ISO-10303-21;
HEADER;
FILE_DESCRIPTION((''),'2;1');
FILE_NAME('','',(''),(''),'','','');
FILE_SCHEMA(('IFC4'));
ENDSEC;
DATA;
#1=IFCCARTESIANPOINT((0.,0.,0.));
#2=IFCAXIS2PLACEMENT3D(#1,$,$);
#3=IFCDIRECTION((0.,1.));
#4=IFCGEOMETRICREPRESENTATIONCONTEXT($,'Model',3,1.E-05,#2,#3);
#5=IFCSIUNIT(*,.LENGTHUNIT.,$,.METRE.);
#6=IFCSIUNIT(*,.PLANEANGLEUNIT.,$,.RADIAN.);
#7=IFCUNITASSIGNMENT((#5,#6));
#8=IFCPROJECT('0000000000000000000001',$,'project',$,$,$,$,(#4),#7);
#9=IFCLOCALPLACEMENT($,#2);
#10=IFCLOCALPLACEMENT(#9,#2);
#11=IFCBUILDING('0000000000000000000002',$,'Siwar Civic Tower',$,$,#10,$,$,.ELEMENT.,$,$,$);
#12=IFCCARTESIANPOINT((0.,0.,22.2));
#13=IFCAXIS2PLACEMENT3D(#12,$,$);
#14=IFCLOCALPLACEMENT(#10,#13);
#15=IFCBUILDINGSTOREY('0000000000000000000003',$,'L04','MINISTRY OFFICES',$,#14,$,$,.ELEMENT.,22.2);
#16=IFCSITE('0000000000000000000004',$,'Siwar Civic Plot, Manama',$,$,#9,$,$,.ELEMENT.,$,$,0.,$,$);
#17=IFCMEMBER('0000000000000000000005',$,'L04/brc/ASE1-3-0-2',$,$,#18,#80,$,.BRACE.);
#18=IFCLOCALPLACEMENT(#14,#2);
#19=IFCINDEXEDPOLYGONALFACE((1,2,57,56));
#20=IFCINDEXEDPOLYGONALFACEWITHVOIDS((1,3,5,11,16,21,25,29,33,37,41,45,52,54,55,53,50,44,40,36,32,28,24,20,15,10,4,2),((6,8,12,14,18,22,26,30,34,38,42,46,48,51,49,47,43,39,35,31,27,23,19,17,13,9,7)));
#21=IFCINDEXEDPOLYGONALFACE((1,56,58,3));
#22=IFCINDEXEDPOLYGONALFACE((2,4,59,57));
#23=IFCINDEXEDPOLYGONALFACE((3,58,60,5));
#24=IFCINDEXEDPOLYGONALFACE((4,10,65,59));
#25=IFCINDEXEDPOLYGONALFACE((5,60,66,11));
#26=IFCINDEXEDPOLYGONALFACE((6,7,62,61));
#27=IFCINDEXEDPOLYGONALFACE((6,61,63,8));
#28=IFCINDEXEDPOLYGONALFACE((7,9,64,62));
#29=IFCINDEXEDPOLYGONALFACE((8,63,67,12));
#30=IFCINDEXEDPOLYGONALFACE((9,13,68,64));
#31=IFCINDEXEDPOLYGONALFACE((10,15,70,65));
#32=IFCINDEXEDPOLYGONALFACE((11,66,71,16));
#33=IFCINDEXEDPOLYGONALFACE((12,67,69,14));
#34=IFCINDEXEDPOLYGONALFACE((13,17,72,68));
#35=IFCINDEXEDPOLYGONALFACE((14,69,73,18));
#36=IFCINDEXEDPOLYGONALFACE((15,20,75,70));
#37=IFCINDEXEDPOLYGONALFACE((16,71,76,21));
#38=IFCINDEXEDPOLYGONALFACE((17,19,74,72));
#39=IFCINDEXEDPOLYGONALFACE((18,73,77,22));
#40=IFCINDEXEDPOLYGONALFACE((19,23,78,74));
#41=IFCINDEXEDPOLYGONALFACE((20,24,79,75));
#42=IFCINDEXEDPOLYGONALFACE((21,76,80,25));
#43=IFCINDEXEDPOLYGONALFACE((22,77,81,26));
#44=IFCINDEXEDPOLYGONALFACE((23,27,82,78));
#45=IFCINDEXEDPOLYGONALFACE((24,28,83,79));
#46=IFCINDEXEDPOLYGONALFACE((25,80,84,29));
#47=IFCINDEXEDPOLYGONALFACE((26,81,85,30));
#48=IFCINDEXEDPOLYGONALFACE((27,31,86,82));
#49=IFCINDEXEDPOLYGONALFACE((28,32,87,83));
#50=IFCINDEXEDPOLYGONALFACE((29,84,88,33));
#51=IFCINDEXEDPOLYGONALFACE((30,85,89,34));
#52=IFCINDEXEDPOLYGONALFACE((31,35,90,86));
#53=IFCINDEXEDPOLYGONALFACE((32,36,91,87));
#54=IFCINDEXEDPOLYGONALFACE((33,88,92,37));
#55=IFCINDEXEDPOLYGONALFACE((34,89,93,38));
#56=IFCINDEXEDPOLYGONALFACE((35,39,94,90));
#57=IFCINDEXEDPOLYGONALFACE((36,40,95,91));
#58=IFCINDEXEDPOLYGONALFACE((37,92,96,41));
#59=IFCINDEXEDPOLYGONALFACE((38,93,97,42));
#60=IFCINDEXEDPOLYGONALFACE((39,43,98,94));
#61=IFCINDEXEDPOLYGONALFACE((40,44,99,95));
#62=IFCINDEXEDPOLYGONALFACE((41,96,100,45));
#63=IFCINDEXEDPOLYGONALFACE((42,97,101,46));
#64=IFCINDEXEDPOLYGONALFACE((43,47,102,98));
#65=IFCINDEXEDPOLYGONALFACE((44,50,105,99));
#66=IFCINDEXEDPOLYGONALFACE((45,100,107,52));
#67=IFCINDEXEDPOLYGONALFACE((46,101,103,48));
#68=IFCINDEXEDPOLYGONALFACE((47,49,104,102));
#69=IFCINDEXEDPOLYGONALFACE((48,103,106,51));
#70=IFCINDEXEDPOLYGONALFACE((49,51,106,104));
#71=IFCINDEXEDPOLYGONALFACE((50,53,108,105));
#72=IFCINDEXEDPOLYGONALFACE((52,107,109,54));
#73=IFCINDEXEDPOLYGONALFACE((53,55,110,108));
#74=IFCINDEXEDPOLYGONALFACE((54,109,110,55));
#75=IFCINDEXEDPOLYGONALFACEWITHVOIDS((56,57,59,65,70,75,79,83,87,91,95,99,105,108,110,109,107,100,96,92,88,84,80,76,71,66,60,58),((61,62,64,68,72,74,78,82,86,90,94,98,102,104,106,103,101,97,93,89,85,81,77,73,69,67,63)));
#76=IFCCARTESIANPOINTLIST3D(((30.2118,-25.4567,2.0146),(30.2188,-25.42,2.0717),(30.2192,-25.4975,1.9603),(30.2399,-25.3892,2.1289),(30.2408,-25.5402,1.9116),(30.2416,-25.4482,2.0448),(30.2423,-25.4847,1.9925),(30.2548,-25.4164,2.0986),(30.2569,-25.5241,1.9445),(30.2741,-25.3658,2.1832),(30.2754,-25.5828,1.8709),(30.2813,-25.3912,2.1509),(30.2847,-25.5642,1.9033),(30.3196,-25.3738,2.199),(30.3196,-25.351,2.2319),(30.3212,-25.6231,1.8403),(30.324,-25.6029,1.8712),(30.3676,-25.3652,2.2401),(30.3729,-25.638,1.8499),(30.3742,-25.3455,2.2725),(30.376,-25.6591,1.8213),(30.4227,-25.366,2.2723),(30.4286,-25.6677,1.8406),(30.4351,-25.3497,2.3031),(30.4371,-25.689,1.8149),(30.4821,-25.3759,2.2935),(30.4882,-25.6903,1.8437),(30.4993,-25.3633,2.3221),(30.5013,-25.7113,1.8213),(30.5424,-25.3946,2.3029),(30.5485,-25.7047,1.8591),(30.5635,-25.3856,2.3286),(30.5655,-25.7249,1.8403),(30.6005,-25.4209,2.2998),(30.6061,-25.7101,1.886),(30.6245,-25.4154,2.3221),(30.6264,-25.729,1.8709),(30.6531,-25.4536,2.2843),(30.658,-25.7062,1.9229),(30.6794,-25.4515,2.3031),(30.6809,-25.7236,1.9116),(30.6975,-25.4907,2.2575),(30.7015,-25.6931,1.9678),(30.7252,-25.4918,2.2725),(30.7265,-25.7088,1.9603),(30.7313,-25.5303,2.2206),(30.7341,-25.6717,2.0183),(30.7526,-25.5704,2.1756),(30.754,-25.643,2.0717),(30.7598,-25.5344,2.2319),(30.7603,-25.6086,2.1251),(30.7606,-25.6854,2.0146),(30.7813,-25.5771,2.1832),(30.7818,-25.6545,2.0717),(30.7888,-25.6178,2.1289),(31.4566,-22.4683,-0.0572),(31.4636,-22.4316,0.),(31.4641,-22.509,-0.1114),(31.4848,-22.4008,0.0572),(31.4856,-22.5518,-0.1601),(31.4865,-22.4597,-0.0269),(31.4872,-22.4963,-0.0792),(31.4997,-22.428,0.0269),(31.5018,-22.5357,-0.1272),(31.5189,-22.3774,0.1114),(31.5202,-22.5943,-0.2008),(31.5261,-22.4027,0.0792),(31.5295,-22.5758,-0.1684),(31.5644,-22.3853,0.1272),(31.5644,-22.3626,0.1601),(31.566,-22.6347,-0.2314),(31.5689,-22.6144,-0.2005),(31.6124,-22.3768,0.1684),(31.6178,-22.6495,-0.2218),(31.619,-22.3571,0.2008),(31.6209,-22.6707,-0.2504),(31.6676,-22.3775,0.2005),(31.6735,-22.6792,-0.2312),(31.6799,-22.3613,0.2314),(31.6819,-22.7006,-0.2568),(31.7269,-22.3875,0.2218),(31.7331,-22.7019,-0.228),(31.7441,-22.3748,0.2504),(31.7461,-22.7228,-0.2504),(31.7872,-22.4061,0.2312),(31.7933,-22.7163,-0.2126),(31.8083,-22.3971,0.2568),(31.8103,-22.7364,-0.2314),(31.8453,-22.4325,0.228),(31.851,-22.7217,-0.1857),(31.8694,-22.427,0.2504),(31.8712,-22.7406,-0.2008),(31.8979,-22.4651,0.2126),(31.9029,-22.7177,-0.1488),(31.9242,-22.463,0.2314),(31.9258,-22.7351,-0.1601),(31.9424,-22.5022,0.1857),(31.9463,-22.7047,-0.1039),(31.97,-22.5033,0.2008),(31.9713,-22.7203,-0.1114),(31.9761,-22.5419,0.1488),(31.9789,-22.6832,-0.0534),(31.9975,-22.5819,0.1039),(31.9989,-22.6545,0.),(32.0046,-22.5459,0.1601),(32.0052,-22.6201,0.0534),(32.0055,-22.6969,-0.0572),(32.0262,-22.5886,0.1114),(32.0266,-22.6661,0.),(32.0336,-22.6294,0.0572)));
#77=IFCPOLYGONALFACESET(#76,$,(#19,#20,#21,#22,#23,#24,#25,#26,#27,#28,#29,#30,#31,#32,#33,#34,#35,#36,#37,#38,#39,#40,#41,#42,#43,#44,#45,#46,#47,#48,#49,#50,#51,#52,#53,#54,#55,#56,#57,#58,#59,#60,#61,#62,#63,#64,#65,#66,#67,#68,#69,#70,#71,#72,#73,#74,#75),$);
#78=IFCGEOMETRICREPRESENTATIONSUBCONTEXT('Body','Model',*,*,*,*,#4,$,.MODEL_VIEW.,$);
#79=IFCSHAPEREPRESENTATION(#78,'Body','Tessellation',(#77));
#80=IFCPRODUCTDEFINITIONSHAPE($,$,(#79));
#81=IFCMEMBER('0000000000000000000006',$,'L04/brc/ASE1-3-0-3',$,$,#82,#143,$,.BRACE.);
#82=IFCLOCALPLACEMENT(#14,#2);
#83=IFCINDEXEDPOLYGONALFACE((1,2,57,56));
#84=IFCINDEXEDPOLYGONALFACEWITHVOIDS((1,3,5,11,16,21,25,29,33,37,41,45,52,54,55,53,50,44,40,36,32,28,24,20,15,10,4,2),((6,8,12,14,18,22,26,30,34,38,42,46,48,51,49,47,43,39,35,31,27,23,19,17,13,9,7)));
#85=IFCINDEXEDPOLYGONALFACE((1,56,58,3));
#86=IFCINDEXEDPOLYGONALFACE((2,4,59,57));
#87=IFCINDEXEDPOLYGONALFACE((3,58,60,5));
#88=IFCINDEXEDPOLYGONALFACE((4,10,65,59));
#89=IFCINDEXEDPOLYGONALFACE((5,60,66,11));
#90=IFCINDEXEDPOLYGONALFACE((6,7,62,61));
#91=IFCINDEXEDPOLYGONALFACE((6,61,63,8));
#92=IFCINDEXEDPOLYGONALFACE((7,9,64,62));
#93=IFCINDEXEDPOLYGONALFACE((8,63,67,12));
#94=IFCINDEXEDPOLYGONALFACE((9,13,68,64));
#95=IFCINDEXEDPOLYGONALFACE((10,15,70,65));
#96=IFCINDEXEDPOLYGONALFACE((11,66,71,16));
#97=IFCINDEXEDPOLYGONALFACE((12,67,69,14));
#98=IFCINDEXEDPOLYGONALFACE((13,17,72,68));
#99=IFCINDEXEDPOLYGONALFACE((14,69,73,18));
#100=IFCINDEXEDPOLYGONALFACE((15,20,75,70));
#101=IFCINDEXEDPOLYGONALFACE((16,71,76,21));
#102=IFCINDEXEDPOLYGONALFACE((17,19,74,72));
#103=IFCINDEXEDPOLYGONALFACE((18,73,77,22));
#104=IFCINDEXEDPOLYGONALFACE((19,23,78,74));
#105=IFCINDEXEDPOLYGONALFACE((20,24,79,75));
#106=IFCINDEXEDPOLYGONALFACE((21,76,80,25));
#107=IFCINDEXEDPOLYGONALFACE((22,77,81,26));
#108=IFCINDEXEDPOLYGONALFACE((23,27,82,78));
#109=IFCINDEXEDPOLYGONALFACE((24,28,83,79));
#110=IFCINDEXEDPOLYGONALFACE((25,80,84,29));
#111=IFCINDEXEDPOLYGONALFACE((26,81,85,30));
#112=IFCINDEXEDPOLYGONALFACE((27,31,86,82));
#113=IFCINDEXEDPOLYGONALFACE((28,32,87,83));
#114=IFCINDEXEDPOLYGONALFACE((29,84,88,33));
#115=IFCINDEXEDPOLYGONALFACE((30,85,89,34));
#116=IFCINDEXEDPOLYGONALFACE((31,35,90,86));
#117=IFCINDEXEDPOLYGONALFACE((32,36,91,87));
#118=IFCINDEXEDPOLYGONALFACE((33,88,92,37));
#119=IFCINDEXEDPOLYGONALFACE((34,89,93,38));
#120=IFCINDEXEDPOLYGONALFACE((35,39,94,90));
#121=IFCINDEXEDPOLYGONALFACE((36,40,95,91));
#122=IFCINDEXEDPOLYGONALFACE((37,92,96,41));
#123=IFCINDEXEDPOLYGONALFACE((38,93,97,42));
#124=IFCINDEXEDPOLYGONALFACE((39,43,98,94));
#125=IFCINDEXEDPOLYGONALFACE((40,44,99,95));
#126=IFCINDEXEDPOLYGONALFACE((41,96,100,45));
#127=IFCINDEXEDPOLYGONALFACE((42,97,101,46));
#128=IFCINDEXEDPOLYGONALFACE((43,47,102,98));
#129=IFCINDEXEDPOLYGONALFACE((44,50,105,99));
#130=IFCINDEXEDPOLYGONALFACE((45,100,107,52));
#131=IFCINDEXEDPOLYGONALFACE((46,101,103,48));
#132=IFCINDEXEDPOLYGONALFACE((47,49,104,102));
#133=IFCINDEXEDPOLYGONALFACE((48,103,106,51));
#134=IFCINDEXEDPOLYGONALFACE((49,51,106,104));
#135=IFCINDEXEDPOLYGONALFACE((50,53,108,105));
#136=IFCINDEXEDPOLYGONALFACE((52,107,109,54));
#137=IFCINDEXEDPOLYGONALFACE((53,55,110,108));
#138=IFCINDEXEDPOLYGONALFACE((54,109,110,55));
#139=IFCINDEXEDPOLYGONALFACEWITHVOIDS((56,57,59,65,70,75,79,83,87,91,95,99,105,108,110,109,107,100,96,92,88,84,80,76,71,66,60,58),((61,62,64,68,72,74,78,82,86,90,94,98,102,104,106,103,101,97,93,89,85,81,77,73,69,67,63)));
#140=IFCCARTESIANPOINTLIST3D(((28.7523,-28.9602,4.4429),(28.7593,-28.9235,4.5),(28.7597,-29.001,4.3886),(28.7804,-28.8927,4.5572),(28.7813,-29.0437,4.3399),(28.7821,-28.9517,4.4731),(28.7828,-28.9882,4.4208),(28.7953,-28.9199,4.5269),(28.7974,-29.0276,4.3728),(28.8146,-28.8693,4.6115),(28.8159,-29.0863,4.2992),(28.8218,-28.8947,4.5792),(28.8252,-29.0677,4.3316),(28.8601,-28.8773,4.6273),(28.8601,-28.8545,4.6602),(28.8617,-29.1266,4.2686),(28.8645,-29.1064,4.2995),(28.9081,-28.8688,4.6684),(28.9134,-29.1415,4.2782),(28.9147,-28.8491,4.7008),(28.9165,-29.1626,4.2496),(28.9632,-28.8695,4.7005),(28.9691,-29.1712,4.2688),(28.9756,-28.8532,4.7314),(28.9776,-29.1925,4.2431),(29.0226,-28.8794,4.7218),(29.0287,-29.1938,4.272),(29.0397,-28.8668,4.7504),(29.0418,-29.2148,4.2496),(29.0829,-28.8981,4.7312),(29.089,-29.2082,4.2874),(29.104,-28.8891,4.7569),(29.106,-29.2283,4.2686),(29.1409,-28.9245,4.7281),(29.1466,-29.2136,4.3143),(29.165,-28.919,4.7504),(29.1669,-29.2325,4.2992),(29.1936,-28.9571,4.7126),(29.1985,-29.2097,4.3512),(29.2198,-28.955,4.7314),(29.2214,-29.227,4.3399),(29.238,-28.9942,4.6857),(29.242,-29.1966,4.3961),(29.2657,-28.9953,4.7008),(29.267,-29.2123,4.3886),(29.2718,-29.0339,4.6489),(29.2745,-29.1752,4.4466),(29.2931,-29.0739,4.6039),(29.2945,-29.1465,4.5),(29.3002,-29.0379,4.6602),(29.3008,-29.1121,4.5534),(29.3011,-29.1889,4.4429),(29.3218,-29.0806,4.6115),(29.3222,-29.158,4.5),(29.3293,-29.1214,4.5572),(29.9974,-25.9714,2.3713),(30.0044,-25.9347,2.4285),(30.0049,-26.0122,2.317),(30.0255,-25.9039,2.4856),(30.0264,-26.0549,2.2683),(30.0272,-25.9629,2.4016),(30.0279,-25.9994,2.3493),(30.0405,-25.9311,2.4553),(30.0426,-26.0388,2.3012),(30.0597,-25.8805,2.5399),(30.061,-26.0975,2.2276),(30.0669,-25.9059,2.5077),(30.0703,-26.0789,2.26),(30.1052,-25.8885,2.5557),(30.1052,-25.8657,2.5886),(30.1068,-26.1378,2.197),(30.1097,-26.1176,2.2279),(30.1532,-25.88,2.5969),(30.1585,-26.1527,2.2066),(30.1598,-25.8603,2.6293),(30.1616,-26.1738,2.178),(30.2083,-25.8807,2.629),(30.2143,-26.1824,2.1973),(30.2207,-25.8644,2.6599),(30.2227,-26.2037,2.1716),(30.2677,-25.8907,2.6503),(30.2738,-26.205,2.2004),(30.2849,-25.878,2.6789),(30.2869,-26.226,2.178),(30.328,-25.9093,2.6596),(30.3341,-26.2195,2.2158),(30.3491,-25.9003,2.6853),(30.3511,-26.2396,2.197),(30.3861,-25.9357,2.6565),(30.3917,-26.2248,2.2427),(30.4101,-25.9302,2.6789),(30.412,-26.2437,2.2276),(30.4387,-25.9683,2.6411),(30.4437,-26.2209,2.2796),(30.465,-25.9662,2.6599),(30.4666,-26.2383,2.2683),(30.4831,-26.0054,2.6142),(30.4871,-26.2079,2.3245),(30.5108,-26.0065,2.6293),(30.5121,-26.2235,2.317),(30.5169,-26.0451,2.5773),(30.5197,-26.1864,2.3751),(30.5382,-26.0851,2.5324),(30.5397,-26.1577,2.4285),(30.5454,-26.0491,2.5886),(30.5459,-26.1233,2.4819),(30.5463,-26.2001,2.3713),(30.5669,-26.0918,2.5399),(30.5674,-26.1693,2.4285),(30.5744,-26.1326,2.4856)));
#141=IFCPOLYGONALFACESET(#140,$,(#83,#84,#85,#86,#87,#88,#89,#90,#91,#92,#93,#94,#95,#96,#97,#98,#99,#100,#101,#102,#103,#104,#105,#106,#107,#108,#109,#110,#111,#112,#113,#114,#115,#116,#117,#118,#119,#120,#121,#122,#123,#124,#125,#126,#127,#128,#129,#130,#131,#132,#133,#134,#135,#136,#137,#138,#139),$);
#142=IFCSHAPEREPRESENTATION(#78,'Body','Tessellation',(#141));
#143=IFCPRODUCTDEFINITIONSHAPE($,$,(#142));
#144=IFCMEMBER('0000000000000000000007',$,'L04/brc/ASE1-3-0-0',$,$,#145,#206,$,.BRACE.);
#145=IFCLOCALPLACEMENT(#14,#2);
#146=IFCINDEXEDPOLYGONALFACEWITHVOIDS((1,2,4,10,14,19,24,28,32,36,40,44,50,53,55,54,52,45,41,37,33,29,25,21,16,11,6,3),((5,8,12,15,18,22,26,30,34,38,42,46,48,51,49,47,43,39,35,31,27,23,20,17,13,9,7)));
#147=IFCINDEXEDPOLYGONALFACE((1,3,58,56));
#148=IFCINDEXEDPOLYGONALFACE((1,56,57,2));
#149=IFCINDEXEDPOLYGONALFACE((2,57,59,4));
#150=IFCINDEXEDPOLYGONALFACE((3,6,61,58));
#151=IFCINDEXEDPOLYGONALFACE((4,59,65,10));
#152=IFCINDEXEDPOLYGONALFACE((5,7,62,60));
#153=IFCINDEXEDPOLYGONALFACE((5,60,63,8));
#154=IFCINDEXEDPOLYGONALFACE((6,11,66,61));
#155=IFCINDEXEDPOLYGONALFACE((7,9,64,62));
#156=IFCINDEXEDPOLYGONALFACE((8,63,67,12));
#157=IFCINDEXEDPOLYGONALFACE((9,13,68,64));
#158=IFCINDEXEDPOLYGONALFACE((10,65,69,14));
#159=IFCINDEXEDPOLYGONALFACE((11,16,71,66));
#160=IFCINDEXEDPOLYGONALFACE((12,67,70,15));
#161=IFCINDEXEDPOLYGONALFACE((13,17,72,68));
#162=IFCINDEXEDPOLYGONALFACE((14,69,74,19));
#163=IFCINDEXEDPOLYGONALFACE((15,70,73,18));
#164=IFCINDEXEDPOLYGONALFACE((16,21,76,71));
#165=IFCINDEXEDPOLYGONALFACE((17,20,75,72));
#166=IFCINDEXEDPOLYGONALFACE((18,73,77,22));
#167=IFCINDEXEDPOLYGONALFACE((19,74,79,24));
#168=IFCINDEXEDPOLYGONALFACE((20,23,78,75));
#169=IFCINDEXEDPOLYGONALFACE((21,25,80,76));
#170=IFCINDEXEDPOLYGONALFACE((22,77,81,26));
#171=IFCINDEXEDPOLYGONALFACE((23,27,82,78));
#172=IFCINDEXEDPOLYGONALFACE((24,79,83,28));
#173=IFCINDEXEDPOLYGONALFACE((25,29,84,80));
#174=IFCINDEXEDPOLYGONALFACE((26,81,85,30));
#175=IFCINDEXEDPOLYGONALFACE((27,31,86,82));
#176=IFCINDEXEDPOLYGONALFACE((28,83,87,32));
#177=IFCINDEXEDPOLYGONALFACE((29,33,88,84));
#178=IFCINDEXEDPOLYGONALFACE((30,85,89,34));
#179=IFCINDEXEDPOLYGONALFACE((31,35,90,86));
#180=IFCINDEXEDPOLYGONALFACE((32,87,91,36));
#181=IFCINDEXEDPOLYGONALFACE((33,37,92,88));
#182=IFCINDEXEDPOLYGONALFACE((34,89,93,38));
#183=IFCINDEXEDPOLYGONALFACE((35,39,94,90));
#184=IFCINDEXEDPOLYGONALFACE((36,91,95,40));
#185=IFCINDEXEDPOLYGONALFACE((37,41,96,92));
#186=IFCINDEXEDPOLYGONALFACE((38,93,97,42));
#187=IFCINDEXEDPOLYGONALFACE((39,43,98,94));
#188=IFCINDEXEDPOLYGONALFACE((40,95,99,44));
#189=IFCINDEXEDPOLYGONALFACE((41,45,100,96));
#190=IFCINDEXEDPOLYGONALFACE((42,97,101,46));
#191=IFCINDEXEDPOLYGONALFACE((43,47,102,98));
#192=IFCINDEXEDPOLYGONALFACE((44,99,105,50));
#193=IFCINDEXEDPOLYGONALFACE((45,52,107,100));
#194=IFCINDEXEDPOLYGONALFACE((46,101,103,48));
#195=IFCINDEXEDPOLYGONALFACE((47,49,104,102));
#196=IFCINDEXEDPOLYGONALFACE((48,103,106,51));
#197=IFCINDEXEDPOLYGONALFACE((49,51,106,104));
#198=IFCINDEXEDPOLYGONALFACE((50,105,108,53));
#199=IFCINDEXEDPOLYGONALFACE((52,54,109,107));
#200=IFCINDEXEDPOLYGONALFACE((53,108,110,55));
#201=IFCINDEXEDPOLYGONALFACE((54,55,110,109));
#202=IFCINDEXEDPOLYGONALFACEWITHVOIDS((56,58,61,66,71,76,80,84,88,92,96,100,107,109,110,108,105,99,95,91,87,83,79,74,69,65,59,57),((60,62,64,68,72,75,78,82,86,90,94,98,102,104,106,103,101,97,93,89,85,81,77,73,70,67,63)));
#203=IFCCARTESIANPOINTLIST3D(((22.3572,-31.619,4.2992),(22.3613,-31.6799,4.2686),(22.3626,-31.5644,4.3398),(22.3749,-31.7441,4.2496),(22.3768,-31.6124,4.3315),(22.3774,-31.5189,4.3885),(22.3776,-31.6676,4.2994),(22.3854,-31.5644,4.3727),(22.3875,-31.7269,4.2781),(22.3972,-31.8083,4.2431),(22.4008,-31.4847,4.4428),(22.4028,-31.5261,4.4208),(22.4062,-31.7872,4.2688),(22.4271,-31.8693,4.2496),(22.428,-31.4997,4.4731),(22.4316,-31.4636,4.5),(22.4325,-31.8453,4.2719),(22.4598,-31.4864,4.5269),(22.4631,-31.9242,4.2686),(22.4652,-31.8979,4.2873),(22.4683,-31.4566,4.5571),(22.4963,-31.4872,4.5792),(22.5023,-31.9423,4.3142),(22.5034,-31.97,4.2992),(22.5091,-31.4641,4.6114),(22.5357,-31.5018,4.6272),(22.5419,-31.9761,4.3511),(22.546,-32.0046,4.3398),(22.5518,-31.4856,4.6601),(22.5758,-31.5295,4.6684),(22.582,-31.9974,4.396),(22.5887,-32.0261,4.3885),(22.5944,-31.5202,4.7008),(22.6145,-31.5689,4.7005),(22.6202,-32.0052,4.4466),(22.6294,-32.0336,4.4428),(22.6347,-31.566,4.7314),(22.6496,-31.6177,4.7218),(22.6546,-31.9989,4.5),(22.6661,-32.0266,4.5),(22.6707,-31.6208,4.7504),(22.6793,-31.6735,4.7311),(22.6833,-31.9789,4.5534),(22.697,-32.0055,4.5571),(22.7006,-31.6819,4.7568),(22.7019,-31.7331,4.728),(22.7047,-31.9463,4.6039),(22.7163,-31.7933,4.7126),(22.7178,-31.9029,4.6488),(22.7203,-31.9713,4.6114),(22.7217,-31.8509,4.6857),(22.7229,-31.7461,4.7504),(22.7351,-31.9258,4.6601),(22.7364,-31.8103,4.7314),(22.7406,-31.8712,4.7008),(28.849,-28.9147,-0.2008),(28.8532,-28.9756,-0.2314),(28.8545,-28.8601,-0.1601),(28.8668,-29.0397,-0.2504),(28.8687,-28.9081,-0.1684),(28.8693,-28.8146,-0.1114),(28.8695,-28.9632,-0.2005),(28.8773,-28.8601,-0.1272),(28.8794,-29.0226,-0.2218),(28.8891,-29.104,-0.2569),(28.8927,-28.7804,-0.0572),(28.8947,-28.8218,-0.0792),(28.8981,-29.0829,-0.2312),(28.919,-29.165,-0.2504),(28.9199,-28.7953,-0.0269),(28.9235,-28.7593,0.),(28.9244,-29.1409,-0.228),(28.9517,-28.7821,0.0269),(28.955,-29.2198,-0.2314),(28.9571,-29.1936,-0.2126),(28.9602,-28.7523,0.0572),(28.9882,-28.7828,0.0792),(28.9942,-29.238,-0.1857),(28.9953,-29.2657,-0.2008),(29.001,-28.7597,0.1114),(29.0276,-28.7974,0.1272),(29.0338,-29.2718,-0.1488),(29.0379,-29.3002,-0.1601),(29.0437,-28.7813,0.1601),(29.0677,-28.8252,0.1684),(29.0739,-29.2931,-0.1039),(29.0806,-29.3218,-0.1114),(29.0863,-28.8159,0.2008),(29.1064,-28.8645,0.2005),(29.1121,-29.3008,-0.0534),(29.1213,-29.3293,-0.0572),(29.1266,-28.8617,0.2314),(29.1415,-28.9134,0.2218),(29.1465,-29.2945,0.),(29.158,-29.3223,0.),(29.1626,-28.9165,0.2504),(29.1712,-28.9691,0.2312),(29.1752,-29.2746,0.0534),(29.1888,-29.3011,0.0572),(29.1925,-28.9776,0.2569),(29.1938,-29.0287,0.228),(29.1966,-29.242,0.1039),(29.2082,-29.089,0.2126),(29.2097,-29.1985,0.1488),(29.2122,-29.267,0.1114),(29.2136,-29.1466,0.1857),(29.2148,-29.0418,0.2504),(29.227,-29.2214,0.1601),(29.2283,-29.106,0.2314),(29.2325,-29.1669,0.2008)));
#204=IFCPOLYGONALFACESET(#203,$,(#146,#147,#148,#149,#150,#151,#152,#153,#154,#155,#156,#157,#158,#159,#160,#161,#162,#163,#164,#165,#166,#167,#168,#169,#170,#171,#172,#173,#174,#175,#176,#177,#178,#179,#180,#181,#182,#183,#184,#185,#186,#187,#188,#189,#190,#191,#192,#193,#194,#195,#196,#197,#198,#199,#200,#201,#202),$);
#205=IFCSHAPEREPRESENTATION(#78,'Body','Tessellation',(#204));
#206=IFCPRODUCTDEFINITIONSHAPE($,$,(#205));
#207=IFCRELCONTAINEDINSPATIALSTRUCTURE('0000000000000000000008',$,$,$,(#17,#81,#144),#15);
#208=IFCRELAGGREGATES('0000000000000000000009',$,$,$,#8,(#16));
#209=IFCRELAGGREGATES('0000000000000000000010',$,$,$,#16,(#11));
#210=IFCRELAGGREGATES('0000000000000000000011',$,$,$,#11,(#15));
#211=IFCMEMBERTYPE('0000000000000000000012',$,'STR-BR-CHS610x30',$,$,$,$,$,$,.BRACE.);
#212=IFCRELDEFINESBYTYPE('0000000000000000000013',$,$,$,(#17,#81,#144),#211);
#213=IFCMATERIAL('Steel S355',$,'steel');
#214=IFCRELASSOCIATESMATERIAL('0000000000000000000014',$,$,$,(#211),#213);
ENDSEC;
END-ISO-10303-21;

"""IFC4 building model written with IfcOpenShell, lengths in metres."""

from ifc_helpers import new_model, si_unit, direction, frame, origin, origin_2d, place, context, subcontext, project, spatial, hollow_circle, extrude, material, material_profile, profile_set, type_object, element, save


model = new_model("IFC4")

# Units and contexts
model_context = context("Model", 3, precision=1e-05, world=origin(), true_north=direction((0.0, 1.0)))
body_context = subcontext(model_context, "Body", "Model", "MODEL_VIEW")
ifc_project = project(units=[si_unit("LENGTHUNIT", "METRE"), si_unit("PLANEANGLEUNIT", "RADIAN")], contexts=[model_context])

# Site, building, storey
site_placement = place(None, origin())
site = spatial("IfcSite", under=ifc_project, at=site_placement, Name="Siwar Civic Plot, Manama", CompositionType="ELEMENT", RefElevation=0.0)
building_placement = place(site_placement, origin())
building = spatial("IfcBuilding", under=site, at=building_placement, Name="Siwar Civic Tower", CompositionType="ELEMENT")
storey_placement = place(building_placement, frame((0.0, 0.0, 22.2)))
storey = spatial("IfcBuildingStorey", under=building, at=storey_placement, Name="L04", Description="MINISTRY OFFICES", CompositionType="ELEMENT", Elevation=22.2)

# Members
ifc_material_1 = material(Name="Steel S355", Category="steel")
ifc_material_profile_1 = material_profile(ifc_material_1, hollow_circle(Radius=0.3049, WallThickness=0.03, at=origin_2d()), Name="CHS610x30")
ifc_profile_set_1 = profile_set([ifc_material_profile_1], Name="Steel S355")
member_type_1 = type_object("IfcMemberType", Name="STR-BR-CHS610x30", PredefinedType="BRACE", material=ifc_profile_set_1)
member_1_placement = place(storey_placement, frame((31.7451, -22.5488, 0.0), z_axis=(-0.323882, -0.777533, 0.53902), x_axis=(0.923115, -0.384524, 0.0)))
element("IfcMember", 1, at=member_1_placement, inside=storey, type_object=member_type_1, Name="L04/brc/ASE1-3-0-2", PredefinedType="BRACE", context=body_context, shape_type="SweptSolid", body=[
    extrude(hollow_circle(Radius=0.3049, WallThickness=0.03, at=origin_2d()), origin(), (0.0, 0.0, 1.0), 3.8435),
])
member_2_placement = place(storey_placement, frame((30.2859, -26.052, 2.4285), z_axis=(-0.323934, -0.777569, 0.538937), x_axis=(0.923099, -0.384562, 0.0)))
element("IfcMember", 2, at=member_2_placement, inside=storey, type_object=member_type_1, Name="L04/brc/ASE1-3-0-3", PredefinedType="BRACE", context=body_context, shape_type="SweptSolid", body=[
    extrude(hollow_circle(Radius=0.3049, WallThickness=0.03, at=origin_2d()), origin(), (0.0, 0.0, 1.0), 3.8438),
])
member_3_placement = place(storey_placement, frame((29.0408, -29.0408, 0.0), z_axis=(-0.777555, -0.323906, 0.538975), x_axis=(0.384539, -0.923109, 0.0)))
element("IfcMember", 3, at=member_3_placement, inside=storey, type_object=member_type_1, Name="L04/brc/ASE1-3-0-0", PredefinedType="BRACE", context=body_context, shape_type="SweptSolid", body=[
    extrude(hollow_circle(Radius=0.3049, WallThickness=0.03, at=origin_2d()), origin(), (0.0, 0.0, 1.0), 8.3491),
])

save(model, "model.ifc")
